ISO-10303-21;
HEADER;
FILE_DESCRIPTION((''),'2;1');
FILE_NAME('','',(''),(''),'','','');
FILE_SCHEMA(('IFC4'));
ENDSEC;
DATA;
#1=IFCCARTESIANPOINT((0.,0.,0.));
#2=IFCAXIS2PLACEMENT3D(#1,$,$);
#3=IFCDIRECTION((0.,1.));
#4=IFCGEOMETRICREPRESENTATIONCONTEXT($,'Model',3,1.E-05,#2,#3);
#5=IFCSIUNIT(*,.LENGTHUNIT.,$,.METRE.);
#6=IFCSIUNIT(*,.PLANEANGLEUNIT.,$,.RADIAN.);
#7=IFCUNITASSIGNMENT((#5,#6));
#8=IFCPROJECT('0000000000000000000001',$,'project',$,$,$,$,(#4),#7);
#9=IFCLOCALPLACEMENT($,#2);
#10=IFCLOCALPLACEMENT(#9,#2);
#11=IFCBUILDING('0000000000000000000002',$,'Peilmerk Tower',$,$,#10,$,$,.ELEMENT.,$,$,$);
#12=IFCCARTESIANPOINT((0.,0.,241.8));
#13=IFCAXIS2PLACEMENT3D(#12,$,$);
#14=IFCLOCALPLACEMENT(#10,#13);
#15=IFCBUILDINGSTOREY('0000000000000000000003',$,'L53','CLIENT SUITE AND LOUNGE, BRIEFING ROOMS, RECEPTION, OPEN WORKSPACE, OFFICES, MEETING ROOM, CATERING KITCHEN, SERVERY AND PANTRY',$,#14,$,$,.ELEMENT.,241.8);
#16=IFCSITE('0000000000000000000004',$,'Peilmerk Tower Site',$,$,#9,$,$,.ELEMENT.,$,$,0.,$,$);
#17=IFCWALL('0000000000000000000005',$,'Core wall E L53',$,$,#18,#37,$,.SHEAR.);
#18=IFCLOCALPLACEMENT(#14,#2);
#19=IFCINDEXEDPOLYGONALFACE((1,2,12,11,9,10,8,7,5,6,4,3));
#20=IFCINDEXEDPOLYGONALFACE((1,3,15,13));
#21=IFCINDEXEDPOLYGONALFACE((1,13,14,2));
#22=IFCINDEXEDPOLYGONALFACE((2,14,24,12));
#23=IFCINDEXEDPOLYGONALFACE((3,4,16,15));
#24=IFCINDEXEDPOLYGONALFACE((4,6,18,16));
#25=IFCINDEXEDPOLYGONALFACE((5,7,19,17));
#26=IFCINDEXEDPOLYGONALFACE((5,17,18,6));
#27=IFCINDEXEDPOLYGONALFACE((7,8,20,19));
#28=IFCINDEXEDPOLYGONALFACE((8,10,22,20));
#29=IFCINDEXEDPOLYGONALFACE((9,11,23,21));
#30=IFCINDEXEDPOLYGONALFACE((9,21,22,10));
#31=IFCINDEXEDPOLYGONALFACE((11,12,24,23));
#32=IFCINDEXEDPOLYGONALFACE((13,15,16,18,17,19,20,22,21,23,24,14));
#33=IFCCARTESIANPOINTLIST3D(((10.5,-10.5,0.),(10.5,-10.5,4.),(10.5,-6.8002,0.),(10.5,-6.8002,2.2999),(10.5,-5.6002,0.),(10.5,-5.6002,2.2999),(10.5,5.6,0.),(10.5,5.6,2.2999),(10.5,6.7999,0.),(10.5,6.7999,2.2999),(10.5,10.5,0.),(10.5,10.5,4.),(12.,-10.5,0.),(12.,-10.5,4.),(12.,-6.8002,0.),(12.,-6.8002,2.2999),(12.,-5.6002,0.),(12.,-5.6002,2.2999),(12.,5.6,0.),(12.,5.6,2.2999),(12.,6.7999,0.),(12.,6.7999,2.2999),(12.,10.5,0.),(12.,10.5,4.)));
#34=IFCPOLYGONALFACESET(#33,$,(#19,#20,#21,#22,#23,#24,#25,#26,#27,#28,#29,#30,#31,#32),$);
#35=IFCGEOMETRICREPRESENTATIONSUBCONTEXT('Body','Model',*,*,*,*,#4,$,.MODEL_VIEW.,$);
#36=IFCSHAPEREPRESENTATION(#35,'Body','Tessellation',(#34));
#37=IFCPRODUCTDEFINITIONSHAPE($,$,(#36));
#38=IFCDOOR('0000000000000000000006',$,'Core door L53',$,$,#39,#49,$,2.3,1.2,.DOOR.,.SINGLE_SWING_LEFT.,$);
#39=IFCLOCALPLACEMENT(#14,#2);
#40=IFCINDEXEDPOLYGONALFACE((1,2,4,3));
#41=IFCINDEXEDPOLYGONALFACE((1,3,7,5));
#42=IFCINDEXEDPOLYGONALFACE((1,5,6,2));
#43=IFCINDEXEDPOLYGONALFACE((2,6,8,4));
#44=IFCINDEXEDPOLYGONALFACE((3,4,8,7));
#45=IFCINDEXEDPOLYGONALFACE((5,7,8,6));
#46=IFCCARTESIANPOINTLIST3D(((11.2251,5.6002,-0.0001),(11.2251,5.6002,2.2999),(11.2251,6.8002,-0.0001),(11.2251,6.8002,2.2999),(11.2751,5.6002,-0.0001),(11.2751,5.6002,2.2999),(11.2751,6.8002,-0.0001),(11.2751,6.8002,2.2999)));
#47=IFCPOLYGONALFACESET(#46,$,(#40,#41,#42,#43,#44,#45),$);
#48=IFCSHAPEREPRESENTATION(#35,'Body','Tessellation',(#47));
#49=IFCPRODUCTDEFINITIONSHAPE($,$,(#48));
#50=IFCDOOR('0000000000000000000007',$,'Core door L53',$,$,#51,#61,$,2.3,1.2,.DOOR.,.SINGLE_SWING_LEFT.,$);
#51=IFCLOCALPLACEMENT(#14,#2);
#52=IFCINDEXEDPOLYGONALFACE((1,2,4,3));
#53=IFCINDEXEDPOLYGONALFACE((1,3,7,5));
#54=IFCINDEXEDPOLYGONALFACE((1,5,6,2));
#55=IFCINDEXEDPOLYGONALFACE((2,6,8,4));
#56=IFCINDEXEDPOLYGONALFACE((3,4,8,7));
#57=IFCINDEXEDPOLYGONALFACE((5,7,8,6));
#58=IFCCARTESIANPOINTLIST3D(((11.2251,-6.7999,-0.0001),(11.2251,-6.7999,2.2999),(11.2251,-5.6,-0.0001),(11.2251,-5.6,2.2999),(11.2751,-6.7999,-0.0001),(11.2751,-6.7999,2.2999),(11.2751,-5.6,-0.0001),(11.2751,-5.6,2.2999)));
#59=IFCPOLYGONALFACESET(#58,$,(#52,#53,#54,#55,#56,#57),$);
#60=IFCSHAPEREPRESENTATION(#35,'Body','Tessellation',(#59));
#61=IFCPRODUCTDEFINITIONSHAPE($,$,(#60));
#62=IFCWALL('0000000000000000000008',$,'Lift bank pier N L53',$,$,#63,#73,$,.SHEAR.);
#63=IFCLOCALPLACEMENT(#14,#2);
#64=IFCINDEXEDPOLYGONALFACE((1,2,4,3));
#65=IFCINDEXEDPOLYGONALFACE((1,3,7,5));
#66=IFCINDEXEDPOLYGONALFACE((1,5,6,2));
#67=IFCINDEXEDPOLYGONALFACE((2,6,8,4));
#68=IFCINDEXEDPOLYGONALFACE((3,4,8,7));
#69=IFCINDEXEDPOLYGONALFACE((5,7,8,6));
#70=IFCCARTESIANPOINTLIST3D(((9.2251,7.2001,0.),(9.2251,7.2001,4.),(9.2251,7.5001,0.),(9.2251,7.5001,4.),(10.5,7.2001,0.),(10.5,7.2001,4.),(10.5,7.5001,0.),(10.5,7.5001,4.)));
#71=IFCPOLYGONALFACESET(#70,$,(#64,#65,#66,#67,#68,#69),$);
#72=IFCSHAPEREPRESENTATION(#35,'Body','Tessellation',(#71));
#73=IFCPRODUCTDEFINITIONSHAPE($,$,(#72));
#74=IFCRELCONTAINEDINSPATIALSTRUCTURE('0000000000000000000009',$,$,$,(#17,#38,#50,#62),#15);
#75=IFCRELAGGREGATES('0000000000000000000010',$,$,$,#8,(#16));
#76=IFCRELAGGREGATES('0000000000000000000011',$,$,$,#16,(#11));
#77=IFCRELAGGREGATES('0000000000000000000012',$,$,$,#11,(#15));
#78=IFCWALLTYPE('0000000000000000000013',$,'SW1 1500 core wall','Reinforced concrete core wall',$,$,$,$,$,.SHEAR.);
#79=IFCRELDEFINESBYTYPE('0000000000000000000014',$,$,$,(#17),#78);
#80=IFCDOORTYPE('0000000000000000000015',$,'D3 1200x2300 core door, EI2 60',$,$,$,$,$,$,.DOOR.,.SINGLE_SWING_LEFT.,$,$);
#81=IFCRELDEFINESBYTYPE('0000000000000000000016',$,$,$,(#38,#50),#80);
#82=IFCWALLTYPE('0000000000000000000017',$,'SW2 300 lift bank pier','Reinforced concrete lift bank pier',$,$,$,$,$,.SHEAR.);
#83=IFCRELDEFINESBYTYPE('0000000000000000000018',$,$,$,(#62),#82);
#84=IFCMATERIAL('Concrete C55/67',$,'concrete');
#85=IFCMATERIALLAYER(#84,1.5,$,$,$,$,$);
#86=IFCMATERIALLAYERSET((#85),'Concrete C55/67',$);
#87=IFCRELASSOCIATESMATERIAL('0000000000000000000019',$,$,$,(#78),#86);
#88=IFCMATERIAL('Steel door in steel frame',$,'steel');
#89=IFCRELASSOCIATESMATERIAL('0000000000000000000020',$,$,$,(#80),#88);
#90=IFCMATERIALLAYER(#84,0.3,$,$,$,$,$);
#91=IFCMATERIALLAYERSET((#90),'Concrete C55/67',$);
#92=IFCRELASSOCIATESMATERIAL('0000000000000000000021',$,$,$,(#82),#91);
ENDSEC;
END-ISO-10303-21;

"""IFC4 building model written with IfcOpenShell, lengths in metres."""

from ifc_helpers import new_model, si_unit, direction, frame, frame_2d, origin, place, context, subcontext, project, spatial, rectangle, extrude, material, layer, layer_set, type_object, element, fill, save


model = new_model("IFC4")

# Units and contexts
model_context = context("Model", 3, precision=1e-05, world=origin(), true_north=direction((0.0, 1.0)))
body_context = subcontext(model_context, "Body", "Model", "MODEL_VIEW")
ifc_project = project(units=[si_unit("LENGTHUNIT", "METRE"), si_unit("PLANEANGLEUNIT", "RADIAN")], contexts=[model_context])

# Site, building, storey
site_placement = place(None, origin())
site = spatial("IfcSite", under=ifc_project, at=site_placement, Name="Peilmerk Tower Site", CompositionType="ELEMENT", RefElevation=0.0)
building_placement = place(site_placement, origin())
building = spatial("IfcBuilding", under=site, at=building_placement, Name="Peilmerk Tower", CompositionType="ELEMENT")
storey_placement = place(building_placement, frame((0.0, 0.0, 241.8)))
storey = spatial("IfcBuildingStorey", under=building, at=storey_placement, Name="L53", Description="CLIENT SUITE AND LOUNGE, BRIEFING ROOMS, RECEPTION, OPEN WORKSPACE, OFFICES, MEETING ROOM, CATERING KITCHEN, SERVERY AND PANTRY", CompositionType="ELEMENT", Elevation=241.8)

# Shared definitions
ifc_material_1 = material(Name="Steel door in steel frame", Category="steel")

# Wall, openings, doors
ifc_material_2 = material(Name="Concrete C55/67", Category="concrete")
ifc_layer_1 = layer(ifc_material_2, 1.5)
ifc_layer_set_1 = layer_set([ifc_layer_1], Name="Concrete C55/67")
wall_type_1 = type_object("IfcWallType", Name="SW1 1500 core wall", Description="Reinforced concrete core wall", PredefinedType="SHEAR", material=ifc_layer_set_1)
wall_1_placement = place(storey_placement, frame((11.25, 10.5, 0.0), z_axis=(0.0, 0.0, 1.0), x_axis=(0.0, -1.0, 0.0)))
wall_1 = element("IfcWall", 1, at=wall_1_placement, inside=storey, type_object=wall_type_1, Name="Core wall E L53", PredefinedType="SHEAR", context=body_context, shape_type="SweptSolid", body=[
    extrude(rectangle(XDim=21.0, YDim=1.5, at=frame_2d((10.5, 0.0))), origin(), (0.0, 0.0, 1.0), 4.0),
])
opening_1_placement = place(wall_1_placement, frame((3.7, 0.0, 0.0)))
opening_1 = element("IfcOpeningElement", 2, at=opening_1_placement, cuts=wall_1, PredefinedType="OPENING", context=body_context, shape_type="SweptSolid", body=[
    extrude(rectangle(XDim=1.2, YDim=2.3, at=frame_2d((0.6001, 1.1499))), frame((0.0, 0.76, 0.0), z_axis=(0.0, -1.0, 0.0), x_axis=(1.0, 0.0, 0.0)), (0.0, 0.0, 1.0), 1.52),
])
opening_2_placement = place(wall_1_placement, frame((16.1001, 0.0, 0.0)))
opening_2 = element("IfcOpeningElement", 3, at=opening_2_placement, cuts=wall_1, PredefinedType="OPENING", context=body_context, shape_type="SweptSolid", body=[
    extrude(rectangle(XDim=1.2, YDim=2.3, at=frame_2d((0.6001, 1.1499))), frame((0.0, 0.76, 0.0), z_axis=(0.0, -1.0, 0.0), x_axis=(1.0, 0.0, 0.0)), (0.0, 0.0, 1.0), 1.52),
])
door_type_1 = type_object("IfcDoorType", Name="D3 1200x2300 core door, EI2 60", OperationType="SINGLE_SWING_LEFT", PredefinedType="DOOR", material=ifc_material_1)
door_1_placement = place(opening_1_placement, frame((1.2, 0.0, 0.0), z_axis=(0.0, 0.0, 1.0), x_axis=(-1.0, 0.0, 0.0)))
door_1 = element("IfcDoor", 4, at=door_1_placement, inside=storey, type_object=door_type_1, Name="Core door L53", OperationType="SINGLE_SWING_LEFT", OverallHeight=2.3, OverallWidth=1.2, PredefinedType="DOOR", context=body_context, shape_type="SweptSolid", body=[
    extrude(rectangle(XDim=1.2, YDim=2.3, at=frame_2d((0.6001, 1.1499))), frame((0.0, 0.0249, 0.0), z_axis=(0.0, -1.0, 0.0), x_axis=(1.0, 0.0, 0.0)), (0.0, 0.0, 1.0), 0.05),
])
fill(opening_1, door_1)
door_2_placement = place(opening_2_placement, frame((1.2, 0.0, 0.0), z_axis=(0.0, 0.0, 1.0), x_axis=(-1.0, 0.0, 0.0)))
door_2 = element("IfcDoor", 5, at=door_2_placement, inside=storey, type_object=door_type_1, Name="Core door L53", OperationType="SINGLE_SWING_LEFT", OverallHeight=2.3, OverallWidth=1.2, PredefinedType="DOOR", context=body_context, shape_type="SweptSolid", body=[
    extrude(rectangle(XDim=1.2, YDim=2.3, at=frame_2d((0.6001, 1.1499))), frame((0.0, 0.0249, 0.0), z_axis=(0.0, -1.0, 0.0), x_axis=(1.0, 0.0, 0.0)), (0.0, 0.0, 1.0), 0.05),
])
fill(opening_2, door_2)

# Wall
ifc_layer_2 = layer(ifc_material_2, 0.3)
ifc_layer_set_2 = layer_set([ifc_layer_2], Name="Concrete C55/67")
wall_type_2 = type_object("IfcWallType", Name="SW2 300 lift bank pier", Description="Reinforced concrete lift bank pier", PredefinedType="SHEAR", material=ifc_layer_set_2)
wall_2_placement = place(storey_placement, frame((9.2251, 7.3501, 0.0), z_axis=(0.0, 0.0, 1.0), x_axis=(1.0, 0.0, 0.0)))
element("IfcWall", 6, at=wall_2_placement, inside=storey, type_object=wall_type_2, Name="Lift bank pier N L53", PredefinedType="SHEAR", context=body_context, shape_type="SweptSolid", body=[
    extrude(rectangle(XDim=1.2749, YDim=0.3, at=frame_2d((0.6375, 0.0))), origin(), (0.0, 0.0, 1.0), 4.0),
])

save(model, "model.ifc")
